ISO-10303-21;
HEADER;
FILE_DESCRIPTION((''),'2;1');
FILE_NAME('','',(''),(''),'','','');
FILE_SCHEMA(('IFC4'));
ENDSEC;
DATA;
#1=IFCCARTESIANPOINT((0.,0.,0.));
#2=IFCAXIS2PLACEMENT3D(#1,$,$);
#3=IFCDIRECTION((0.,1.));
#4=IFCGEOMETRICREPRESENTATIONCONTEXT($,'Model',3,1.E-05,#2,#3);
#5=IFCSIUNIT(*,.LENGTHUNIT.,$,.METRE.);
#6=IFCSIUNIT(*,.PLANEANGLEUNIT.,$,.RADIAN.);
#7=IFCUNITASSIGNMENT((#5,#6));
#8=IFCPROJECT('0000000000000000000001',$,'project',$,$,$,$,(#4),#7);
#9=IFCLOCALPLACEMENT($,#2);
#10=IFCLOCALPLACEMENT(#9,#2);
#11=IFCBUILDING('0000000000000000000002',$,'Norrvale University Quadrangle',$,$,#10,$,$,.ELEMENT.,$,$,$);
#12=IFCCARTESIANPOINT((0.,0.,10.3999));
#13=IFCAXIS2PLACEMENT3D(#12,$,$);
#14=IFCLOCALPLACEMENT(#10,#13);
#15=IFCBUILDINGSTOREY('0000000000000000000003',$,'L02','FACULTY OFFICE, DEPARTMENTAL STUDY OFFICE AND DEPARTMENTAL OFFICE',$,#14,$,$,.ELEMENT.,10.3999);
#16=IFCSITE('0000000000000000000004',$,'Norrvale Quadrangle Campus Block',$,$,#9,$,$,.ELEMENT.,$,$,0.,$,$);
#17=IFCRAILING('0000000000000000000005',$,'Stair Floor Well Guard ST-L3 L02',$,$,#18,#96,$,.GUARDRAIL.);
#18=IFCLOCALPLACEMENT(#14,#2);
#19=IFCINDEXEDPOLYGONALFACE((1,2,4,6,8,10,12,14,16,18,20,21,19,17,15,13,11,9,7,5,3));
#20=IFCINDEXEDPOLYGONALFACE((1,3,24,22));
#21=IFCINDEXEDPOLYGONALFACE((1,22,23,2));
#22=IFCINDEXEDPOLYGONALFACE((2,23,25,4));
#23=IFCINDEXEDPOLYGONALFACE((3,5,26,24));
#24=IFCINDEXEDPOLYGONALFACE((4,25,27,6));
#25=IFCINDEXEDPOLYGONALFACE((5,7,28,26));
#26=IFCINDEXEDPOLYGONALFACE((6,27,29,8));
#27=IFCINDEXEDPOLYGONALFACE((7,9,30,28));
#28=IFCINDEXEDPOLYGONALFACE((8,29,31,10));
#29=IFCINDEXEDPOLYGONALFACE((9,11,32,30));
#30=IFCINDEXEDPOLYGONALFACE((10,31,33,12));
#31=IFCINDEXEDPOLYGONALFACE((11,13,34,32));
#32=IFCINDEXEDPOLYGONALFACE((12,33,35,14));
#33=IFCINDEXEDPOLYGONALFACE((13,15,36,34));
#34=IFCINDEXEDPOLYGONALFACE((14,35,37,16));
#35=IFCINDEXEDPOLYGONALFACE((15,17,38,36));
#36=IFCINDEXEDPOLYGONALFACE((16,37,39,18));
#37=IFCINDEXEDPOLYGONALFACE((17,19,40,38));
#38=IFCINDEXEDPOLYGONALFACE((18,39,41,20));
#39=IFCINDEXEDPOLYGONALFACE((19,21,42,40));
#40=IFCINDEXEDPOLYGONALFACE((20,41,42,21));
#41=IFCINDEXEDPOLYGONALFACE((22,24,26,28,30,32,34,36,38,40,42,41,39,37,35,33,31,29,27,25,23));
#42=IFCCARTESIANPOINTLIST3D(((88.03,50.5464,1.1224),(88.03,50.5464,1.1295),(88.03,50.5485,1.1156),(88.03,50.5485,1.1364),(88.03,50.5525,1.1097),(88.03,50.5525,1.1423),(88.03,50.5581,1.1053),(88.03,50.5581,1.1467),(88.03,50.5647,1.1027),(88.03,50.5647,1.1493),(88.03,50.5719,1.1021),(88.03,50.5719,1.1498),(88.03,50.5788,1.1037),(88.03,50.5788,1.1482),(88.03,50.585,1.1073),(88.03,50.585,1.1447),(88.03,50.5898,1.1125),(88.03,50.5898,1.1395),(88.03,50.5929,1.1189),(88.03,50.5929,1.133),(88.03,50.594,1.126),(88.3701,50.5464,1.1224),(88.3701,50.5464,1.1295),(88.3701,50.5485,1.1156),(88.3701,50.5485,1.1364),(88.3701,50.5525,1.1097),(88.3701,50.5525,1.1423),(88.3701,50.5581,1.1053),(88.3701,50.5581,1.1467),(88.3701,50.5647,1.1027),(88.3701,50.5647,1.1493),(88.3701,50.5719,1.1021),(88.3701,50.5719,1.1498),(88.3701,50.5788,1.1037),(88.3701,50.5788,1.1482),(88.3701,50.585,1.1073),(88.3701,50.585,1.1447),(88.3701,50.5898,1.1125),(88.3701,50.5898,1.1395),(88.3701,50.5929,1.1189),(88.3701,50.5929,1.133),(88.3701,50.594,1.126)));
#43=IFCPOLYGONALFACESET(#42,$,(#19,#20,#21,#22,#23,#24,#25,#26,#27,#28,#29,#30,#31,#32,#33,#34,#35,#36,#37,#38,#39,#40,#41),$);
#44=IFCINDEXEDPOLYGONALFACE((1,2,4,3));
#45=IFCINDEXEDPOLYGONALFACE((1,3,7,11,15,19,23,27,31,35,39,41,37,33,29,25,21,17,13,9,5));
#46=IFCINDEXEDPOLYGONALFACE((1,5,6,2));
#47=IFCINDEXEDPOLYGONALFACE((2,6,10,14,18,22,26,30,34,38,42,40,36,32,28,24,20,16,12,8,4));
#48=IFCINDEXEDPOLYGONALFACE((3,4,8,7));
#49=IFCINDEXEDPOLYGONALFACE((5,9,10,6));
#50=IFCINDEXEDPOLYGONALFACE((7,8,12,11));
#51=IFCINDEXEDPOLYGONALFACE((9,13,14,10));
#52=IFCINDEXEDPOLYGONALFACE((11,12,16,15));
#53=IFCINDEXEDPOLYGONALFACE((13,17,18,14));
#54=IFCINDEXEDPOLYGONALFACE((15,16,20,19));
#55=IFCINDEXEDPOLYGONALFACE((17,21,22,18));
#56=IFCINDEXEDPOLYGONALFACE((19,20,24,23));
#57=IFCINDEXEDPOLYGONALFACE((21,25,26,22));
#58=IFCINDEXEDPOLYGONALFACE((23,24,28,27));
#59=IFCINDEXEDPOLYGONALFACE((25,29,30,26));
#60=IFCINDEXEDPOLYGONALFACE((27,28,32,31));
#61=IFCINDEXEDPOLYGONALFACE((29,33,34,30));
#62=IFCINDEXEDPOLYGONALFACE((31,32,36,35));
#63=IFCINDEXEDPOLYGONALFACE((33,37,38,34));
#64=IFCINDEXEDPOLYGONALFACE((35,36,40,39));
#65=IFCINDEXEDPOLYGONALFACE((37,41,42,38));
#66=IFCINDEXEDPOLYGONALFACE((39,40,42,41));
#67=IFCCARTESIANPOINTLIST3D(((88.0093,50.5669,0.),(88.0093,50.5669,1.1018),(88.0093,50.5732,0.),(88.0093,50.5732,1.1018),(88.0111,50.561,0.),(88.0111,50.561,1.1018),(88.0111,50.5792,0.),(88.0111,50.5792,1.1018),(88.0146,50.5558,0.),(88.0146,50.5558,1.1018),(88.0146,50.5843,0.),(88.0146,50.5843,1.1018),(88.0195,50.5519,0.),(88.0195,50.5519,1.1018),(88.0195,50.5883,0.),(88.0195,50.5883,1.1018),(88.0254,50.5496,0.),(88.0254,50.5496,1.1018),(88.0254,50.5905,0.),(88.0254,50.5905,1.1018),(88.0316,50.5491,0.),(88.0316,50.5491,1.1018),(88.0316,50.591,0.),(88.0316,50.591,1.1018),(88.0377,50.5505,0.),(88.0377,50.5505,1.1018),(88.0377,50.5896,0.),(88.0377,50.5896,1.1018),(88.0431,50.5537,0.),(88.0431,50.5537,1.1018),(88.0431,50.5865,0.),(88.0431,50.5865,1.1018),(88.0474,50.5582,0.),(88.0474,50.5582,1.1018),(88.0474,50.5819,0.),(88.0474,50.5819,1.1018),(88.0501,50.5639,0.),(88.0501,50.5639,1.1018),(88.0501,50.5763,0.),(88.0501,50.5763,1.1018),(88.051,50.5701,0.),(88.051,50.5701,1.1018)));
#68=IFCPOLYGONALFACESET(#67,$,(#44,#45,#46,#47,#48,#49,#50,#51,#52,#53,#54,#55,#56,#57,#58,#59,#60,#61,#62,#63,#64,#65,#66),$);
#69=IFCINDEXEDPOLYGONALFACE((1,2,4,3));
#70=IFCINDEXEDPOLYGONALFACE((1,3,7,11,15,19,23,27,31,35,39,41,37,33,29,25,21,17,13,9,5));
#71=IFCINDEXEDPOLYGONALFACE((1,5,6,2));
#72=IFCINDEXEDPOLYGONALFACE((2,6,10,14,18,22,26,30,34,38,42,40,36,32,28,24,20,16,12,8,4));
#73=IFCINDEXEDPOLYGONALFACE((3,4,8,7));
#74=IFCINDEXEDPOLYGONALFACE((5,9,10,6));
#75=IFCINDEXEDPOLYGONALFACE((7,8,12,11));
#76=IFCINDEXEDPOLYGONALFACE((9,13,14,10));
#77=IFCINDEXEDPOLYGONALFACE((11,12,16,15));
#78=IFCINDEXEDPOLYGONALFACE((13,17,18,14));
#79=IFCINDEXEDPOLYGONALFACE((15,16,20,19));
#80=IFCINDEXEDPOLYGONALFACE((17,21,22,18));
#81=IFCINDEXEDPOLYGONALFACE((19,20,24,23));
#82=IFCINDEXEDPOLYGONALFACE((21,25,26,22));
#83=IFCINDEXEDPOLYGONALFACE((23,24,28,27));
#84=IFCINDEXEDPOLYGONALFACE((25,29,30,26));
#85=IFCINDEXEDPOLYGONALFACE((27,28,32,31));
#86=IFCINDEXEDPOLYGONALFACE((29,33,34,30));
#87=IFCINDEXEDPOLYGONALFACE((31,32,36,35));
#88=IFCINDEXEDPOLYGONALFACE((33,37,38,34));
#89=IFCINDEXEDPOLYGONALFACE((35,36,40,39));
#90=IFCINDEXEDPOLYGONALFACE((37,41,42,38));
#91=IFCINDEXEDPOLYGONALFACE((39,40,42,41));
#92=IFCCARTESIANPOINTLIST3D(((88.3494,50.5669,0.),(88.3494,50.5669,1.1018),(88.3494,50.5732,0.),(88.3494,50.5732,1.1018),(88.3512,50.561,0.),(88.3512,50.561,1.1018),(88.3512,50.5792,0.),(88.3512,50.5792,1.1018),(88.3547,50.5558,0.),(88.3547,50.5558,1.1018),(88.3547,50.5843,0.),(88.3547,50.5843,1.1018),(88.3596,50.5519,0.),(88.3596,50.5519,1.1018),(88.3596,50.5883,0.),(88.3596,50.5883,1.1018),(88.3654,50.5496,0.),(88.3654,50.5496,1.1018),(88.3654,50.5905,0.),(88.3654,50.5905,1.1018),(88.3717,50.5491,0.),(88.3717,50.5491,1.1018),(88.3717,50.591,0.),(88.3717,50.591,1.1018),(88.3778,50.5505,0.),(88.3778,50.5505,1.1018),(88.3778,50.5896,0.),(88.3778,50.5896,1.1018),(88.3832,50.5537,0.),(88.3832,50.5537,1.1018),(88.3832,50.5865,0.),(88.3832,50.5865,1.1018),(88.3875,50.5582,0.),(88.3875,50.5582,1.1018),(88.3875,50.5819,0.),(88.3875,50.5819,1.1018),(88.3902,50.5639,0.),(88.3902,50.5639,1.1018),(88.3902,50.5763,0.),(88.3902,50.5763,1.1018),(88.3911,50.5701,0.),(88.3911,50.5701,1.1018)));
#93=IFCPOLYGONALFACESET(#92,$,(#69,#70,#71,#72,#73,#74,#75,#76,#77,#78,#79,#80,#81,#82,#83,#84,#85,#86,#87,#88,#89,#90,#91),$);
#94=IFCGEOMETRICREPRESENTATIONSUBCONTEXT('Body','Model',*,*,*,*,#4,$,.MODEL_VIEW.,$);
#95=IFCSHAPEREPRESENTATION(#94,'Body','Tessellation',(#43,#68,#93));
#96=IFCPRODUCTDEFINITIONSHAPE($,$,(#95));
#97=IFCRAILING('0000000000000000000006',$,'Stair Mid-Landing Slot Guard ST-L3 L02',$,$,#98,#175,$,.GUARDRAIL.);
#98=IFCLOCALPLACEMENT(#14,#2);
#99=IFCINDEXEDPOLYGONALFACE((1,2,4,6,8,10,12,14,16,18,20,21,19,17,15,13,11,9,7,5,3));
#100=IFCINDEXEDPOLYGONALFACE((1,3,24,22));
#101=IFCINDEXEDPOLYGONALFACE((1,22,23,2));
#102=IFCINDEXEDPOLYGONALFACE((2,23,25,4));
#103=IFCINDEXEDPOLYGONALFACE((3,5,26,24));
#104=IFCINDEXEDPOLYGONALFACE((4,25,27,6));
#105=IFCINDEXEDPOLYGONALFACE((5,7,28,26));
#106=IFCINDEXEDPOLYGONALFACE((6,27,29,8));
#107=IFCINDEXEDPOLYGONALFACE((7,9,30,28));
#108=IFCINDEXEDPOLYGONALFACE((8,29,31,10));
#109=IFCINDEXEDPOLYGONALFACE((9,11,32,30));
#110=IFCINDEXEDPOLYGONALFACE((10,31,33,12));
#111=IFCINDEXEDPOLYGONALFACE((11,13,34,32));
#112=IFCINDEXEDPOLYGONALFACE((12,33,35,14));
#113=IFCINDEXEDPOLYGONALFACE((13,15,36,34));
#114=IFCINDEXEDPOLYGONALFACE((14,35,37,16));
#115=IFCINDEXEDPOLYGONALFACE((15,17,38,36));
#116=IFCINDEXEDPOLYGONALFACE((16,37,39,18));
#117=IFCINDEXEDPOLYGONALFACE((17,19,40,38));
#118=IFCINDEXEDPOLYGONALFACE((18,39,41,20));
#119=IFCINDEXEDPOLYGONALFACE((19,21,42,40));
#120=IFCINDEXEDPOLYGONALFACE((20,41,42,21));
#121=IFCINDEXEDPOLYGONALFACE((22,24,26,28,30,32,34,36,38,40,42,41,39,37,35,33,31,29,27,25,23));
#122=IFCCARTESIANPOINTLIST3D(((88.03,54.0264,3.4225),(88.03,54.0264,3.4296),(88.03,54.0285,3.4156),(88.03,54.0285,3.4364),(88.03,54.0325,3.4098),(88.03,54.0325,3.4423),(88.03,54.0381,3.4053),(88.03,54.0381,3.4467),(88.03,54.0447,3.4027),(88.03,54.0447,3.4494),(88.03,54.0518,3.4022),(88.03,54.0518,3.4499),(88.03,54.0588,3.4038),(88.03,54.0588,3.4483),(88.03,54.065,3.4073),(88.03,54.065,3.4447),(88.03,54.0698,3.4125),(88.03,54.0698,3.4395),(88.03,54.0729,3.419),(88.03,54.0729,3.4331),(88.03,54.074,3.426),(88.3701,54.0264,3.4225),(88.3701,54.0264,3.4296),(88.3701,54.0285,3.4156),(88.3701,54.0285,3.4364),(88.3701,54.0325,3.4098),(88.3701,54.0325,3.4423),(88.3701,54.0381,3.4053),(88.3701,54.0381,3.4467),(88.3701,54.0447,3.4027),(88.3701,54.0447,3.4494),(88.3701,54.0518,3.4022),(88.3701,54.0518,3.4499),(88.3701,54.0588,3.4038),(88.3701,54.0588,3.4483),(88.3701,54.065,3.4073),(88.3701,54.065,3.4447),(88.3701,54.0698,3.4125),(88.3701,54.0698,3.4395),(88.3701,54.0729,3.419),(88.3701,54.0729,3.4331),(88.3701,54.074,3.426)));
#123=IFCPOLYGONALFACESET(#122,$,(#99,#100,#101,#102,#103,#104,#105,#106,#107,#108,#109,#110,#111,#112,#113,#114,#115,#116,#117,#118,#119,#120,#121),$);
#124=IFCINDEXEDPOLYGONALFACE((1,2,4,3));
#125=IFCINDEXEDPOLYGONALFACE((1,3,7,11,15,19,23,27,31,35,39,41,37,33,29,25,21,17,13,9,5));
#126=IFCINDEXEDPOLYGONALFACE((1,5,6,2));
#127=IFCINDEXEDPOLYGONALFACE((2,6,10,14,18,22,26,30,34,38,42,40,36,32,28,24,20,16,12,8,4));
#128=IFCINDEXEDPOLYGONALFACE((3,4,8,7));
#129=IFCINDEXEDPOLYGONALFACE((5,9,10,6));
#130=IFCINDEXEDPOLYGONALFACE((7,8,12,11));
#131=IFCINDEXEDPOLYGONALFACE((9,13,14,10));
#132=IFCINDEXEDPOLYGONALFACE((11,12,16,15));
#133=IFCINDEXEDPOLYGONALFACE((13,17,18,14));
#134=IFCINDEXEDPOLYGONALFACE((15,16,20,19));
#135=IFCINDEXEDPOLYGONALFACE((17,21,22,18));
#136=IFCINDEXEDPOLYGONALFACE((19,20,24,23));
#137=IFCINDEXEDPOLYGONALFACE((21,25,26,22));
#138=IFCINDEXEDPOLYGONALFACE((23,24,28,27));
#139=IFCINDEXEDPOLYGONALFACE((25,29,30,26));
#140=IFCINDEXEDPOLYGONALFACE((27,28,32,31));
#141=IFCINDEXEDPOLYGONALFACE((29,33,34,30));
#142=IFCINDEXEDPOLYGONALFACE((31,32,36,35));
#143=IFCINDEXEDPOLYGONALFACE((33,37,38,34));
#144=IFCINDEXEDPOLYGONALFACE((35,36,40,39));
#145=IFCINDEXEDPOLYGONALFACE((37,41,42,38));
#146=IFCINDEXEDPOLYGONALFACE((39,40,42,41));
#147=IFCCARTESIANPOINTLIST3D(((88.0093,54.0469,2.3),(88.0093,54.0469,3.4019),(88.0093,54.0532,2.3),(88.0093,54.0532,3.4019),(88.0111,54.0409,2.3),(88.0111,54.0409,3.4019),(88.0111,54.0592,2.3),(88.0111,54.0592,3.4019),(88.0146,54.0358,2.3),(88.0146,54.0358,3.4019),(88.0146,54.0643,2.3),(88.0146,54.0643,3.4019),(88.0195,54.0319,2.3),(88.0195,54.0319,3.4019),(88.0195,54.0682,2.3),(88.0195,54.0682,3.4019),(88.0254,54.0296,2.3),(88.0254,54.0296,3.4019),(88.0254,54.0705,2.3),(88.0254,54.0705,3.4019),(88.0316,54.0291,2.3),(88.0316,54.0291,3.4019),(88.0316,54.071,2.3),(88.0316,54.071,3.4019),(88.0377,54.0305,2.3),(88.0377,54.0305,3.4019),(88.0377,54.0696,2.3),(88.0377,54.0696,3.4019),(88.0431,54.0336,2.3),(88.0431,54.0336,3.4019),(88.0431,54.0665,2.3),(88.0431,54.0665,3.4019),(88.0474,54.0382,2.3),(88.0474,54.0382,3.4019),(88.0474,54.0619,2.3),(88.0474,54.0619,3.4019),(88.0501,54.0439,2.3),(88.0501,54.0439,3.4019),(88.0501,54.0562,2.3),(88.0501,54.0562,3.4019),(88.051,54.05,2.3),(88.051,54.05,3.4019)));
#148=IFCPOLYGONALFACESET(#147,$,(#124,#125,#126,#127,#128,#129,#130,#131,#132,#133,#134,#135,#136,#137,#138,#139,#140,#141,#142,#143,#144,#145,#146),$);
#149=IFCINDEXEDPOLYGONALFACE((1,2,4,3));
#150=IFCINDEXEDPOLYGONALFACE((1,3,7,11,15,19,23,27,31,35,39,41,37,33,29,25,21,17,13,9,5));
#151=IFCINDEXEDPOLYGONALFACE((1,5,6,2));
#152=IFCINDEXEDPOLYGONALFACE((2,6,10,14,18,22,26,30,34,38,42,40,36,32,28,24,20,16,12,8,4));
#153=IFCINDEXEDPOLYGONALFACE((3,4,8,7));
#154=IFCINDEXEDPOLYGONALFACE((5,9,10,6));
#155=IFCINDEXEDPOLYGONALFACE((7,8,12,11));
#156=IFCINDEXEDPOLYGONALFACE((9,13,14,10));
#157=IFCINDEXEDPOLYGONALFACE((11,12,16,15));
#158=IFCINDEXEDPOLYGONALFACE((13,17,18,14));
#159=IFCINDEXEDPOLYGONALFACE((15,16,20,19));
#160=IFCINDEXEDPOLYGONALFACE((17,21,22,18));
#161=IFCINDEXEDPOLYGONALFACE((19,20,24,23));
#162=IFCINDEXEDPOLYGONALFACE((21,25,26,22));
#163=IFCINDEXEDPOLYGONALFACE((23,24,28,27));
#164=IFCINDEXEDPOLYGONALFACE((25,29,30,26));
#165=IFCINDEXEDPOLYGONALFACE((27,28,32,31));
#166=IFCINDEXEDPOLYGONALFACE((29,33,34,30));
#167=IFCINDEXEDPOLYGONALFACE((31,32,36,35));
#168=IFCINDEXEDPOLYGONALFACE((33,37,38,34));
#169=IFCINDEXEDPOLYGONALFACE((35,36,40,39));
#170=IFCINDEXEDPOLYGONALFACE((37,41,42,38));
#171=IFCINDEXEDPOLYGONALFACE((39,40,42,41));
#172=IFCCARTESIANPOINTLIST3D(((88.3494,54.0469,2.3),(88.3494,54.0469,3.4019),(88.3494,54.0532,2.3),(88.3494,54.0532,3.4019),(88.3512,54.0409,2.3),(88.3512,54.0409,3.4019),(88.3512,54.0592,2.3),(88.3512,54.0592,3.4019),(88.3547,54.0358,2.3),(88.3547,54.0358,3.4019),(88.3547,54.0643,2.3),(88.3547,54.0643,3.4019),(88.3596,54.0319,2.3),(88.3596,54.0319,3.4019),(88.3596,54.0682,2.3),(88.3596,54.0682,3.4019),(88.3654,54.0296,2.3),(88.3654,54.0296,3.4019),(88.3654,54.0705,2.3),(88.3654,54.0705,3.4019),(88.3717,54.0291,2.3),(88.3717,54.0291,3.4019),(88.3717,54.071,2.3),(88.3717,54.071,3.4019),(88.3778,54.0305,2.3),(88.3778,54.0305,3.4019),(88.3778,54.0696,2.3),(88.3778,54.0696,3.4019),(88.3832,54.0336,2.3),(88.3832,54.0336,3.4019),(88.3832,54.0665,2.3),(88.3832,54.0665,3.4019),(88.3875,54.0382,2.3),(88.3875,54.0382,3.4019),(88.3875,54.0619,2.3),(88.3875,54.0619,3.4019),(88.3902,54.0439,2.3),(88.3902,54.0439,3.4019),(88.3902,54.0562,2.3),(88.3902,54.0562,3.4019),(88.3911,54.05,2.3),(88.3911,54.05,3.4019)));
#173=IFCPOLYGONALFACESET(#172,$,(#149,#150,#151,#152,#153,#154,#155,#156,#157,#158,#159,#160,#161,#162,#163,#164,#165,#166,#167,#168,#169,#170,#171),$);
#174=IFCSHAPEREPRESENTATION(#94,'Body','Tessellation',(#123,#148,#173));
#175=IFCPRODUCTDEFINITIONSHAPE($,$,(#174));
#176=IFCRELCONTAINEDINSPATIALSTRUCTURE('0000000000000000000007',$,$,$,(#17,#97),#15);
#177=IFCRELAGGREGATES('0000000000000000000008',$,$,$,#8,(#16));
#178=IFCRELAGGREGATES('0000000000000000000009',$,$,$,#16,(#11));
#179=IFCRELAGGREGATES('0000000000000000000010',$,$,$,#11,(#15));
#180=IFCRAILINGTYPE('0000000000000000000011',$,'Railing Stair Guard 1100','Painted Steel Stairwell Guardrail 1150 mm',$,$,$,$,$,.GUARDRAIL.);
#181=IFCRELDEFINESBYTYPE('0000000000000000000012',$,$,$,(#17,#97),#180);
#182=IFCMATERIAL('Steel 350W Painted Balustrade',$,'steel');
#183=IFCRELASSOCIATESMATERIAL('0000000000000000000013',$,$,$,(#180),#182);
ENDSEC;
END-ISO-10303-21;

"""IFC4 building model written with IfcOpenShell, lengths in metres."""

from ifc_helpers import new_model, si_unit, direction, frame, origin, origin_2d, place, context, subcontext, project, spatial, circle, extrude, material, type_object, element, save


model = new_model("IFC4")

# Units and contexts
model_context = context("Model", 3, precision=1e-05, world=origin(), true_north=direction((0.0, 1.0)))
body_context = subcontext(model_context, "Body", "Model", "MODEL_VIEW")
ifc_project = project(units=[si_unit("LENGTHUNIT", "METRE"), si_unit("PLANEANGLEUNIT", "RADIAN")], contexts=[model_context])

# Site, building, storey
site_placement = place(None, origin())
site = spatial("IfcSite", under=ifc_project, at=site_placement, Name="Norrvale Quadrangle Campus Block", CompositionType="ELEMENT", RefElevation=0.0)
building_placement = place(site_placement, origin())
building = spatial("IfcBuilding", under=site, at=building_placement, Name="Norrvale University Quadrangle", CompositionType="ELEMENT")
storey_placement = place(building_placement, frame((0.0, 0.0, 10.3999)))
storey = spatial("IfcBuildingStorey", under=building, at=storey_placement, Name="L02", Description="FACULTY OFFICE, DEPARTMENTAL STUDY OFFICE AND DEPARTMENTAL OFFICE", CompositionType="ELEMENT", Elevation=10.3999)

# Railings
ifc_material_1 = material(Name="Steel 350W Painted Balustrade", Category="steel")
railing_type_1 = type_object("IfcRailingType", Name="Railing Stair Guard 1100", Description="Painted Steel Stairwell Guardrail 1150 mm", PredefinedType="GUARDRAIL", material=ifc_material_1)
for number, where, name in (
    (1, (88.03, 50.5701, 0.0), "Stair Floor Well Guard ST-L3 L02"),
    (2, (88.03, 54.05, 2.3), "Stair Mid-Landing Slot Guard ST-L3 L02"),
):
    element("IfcRailing", number, at=place(storey_placement, frame(where)), inside=storey, type_object=railing_type_1, Name=name, PredefinedType="GUARDRAIL", context=body_context, shape_type="SweptSolid", body=[
        extrude(circle(Radius=0.0239, at=origin_2d()), frame((0.0, 0.0, 1.126), z_axis=(1.0, 0.0, 0.0), x_axis=(0.0, 1.0, 0.0)), (0.0, 0.0, 1.0), 0.3401),
        extrude(circle(Radius=0.021, at=origin_2d()), origin(), (0.0, 0.0, 1.0), 1.1018),
        extrude(circle(Radius=0.021, at=origin_2d()), frame((0.3401, 0.0, 0.0)), (0.0, 0.0, 1.0), 1.1018),
    ])

save(model, "model.ifc")
